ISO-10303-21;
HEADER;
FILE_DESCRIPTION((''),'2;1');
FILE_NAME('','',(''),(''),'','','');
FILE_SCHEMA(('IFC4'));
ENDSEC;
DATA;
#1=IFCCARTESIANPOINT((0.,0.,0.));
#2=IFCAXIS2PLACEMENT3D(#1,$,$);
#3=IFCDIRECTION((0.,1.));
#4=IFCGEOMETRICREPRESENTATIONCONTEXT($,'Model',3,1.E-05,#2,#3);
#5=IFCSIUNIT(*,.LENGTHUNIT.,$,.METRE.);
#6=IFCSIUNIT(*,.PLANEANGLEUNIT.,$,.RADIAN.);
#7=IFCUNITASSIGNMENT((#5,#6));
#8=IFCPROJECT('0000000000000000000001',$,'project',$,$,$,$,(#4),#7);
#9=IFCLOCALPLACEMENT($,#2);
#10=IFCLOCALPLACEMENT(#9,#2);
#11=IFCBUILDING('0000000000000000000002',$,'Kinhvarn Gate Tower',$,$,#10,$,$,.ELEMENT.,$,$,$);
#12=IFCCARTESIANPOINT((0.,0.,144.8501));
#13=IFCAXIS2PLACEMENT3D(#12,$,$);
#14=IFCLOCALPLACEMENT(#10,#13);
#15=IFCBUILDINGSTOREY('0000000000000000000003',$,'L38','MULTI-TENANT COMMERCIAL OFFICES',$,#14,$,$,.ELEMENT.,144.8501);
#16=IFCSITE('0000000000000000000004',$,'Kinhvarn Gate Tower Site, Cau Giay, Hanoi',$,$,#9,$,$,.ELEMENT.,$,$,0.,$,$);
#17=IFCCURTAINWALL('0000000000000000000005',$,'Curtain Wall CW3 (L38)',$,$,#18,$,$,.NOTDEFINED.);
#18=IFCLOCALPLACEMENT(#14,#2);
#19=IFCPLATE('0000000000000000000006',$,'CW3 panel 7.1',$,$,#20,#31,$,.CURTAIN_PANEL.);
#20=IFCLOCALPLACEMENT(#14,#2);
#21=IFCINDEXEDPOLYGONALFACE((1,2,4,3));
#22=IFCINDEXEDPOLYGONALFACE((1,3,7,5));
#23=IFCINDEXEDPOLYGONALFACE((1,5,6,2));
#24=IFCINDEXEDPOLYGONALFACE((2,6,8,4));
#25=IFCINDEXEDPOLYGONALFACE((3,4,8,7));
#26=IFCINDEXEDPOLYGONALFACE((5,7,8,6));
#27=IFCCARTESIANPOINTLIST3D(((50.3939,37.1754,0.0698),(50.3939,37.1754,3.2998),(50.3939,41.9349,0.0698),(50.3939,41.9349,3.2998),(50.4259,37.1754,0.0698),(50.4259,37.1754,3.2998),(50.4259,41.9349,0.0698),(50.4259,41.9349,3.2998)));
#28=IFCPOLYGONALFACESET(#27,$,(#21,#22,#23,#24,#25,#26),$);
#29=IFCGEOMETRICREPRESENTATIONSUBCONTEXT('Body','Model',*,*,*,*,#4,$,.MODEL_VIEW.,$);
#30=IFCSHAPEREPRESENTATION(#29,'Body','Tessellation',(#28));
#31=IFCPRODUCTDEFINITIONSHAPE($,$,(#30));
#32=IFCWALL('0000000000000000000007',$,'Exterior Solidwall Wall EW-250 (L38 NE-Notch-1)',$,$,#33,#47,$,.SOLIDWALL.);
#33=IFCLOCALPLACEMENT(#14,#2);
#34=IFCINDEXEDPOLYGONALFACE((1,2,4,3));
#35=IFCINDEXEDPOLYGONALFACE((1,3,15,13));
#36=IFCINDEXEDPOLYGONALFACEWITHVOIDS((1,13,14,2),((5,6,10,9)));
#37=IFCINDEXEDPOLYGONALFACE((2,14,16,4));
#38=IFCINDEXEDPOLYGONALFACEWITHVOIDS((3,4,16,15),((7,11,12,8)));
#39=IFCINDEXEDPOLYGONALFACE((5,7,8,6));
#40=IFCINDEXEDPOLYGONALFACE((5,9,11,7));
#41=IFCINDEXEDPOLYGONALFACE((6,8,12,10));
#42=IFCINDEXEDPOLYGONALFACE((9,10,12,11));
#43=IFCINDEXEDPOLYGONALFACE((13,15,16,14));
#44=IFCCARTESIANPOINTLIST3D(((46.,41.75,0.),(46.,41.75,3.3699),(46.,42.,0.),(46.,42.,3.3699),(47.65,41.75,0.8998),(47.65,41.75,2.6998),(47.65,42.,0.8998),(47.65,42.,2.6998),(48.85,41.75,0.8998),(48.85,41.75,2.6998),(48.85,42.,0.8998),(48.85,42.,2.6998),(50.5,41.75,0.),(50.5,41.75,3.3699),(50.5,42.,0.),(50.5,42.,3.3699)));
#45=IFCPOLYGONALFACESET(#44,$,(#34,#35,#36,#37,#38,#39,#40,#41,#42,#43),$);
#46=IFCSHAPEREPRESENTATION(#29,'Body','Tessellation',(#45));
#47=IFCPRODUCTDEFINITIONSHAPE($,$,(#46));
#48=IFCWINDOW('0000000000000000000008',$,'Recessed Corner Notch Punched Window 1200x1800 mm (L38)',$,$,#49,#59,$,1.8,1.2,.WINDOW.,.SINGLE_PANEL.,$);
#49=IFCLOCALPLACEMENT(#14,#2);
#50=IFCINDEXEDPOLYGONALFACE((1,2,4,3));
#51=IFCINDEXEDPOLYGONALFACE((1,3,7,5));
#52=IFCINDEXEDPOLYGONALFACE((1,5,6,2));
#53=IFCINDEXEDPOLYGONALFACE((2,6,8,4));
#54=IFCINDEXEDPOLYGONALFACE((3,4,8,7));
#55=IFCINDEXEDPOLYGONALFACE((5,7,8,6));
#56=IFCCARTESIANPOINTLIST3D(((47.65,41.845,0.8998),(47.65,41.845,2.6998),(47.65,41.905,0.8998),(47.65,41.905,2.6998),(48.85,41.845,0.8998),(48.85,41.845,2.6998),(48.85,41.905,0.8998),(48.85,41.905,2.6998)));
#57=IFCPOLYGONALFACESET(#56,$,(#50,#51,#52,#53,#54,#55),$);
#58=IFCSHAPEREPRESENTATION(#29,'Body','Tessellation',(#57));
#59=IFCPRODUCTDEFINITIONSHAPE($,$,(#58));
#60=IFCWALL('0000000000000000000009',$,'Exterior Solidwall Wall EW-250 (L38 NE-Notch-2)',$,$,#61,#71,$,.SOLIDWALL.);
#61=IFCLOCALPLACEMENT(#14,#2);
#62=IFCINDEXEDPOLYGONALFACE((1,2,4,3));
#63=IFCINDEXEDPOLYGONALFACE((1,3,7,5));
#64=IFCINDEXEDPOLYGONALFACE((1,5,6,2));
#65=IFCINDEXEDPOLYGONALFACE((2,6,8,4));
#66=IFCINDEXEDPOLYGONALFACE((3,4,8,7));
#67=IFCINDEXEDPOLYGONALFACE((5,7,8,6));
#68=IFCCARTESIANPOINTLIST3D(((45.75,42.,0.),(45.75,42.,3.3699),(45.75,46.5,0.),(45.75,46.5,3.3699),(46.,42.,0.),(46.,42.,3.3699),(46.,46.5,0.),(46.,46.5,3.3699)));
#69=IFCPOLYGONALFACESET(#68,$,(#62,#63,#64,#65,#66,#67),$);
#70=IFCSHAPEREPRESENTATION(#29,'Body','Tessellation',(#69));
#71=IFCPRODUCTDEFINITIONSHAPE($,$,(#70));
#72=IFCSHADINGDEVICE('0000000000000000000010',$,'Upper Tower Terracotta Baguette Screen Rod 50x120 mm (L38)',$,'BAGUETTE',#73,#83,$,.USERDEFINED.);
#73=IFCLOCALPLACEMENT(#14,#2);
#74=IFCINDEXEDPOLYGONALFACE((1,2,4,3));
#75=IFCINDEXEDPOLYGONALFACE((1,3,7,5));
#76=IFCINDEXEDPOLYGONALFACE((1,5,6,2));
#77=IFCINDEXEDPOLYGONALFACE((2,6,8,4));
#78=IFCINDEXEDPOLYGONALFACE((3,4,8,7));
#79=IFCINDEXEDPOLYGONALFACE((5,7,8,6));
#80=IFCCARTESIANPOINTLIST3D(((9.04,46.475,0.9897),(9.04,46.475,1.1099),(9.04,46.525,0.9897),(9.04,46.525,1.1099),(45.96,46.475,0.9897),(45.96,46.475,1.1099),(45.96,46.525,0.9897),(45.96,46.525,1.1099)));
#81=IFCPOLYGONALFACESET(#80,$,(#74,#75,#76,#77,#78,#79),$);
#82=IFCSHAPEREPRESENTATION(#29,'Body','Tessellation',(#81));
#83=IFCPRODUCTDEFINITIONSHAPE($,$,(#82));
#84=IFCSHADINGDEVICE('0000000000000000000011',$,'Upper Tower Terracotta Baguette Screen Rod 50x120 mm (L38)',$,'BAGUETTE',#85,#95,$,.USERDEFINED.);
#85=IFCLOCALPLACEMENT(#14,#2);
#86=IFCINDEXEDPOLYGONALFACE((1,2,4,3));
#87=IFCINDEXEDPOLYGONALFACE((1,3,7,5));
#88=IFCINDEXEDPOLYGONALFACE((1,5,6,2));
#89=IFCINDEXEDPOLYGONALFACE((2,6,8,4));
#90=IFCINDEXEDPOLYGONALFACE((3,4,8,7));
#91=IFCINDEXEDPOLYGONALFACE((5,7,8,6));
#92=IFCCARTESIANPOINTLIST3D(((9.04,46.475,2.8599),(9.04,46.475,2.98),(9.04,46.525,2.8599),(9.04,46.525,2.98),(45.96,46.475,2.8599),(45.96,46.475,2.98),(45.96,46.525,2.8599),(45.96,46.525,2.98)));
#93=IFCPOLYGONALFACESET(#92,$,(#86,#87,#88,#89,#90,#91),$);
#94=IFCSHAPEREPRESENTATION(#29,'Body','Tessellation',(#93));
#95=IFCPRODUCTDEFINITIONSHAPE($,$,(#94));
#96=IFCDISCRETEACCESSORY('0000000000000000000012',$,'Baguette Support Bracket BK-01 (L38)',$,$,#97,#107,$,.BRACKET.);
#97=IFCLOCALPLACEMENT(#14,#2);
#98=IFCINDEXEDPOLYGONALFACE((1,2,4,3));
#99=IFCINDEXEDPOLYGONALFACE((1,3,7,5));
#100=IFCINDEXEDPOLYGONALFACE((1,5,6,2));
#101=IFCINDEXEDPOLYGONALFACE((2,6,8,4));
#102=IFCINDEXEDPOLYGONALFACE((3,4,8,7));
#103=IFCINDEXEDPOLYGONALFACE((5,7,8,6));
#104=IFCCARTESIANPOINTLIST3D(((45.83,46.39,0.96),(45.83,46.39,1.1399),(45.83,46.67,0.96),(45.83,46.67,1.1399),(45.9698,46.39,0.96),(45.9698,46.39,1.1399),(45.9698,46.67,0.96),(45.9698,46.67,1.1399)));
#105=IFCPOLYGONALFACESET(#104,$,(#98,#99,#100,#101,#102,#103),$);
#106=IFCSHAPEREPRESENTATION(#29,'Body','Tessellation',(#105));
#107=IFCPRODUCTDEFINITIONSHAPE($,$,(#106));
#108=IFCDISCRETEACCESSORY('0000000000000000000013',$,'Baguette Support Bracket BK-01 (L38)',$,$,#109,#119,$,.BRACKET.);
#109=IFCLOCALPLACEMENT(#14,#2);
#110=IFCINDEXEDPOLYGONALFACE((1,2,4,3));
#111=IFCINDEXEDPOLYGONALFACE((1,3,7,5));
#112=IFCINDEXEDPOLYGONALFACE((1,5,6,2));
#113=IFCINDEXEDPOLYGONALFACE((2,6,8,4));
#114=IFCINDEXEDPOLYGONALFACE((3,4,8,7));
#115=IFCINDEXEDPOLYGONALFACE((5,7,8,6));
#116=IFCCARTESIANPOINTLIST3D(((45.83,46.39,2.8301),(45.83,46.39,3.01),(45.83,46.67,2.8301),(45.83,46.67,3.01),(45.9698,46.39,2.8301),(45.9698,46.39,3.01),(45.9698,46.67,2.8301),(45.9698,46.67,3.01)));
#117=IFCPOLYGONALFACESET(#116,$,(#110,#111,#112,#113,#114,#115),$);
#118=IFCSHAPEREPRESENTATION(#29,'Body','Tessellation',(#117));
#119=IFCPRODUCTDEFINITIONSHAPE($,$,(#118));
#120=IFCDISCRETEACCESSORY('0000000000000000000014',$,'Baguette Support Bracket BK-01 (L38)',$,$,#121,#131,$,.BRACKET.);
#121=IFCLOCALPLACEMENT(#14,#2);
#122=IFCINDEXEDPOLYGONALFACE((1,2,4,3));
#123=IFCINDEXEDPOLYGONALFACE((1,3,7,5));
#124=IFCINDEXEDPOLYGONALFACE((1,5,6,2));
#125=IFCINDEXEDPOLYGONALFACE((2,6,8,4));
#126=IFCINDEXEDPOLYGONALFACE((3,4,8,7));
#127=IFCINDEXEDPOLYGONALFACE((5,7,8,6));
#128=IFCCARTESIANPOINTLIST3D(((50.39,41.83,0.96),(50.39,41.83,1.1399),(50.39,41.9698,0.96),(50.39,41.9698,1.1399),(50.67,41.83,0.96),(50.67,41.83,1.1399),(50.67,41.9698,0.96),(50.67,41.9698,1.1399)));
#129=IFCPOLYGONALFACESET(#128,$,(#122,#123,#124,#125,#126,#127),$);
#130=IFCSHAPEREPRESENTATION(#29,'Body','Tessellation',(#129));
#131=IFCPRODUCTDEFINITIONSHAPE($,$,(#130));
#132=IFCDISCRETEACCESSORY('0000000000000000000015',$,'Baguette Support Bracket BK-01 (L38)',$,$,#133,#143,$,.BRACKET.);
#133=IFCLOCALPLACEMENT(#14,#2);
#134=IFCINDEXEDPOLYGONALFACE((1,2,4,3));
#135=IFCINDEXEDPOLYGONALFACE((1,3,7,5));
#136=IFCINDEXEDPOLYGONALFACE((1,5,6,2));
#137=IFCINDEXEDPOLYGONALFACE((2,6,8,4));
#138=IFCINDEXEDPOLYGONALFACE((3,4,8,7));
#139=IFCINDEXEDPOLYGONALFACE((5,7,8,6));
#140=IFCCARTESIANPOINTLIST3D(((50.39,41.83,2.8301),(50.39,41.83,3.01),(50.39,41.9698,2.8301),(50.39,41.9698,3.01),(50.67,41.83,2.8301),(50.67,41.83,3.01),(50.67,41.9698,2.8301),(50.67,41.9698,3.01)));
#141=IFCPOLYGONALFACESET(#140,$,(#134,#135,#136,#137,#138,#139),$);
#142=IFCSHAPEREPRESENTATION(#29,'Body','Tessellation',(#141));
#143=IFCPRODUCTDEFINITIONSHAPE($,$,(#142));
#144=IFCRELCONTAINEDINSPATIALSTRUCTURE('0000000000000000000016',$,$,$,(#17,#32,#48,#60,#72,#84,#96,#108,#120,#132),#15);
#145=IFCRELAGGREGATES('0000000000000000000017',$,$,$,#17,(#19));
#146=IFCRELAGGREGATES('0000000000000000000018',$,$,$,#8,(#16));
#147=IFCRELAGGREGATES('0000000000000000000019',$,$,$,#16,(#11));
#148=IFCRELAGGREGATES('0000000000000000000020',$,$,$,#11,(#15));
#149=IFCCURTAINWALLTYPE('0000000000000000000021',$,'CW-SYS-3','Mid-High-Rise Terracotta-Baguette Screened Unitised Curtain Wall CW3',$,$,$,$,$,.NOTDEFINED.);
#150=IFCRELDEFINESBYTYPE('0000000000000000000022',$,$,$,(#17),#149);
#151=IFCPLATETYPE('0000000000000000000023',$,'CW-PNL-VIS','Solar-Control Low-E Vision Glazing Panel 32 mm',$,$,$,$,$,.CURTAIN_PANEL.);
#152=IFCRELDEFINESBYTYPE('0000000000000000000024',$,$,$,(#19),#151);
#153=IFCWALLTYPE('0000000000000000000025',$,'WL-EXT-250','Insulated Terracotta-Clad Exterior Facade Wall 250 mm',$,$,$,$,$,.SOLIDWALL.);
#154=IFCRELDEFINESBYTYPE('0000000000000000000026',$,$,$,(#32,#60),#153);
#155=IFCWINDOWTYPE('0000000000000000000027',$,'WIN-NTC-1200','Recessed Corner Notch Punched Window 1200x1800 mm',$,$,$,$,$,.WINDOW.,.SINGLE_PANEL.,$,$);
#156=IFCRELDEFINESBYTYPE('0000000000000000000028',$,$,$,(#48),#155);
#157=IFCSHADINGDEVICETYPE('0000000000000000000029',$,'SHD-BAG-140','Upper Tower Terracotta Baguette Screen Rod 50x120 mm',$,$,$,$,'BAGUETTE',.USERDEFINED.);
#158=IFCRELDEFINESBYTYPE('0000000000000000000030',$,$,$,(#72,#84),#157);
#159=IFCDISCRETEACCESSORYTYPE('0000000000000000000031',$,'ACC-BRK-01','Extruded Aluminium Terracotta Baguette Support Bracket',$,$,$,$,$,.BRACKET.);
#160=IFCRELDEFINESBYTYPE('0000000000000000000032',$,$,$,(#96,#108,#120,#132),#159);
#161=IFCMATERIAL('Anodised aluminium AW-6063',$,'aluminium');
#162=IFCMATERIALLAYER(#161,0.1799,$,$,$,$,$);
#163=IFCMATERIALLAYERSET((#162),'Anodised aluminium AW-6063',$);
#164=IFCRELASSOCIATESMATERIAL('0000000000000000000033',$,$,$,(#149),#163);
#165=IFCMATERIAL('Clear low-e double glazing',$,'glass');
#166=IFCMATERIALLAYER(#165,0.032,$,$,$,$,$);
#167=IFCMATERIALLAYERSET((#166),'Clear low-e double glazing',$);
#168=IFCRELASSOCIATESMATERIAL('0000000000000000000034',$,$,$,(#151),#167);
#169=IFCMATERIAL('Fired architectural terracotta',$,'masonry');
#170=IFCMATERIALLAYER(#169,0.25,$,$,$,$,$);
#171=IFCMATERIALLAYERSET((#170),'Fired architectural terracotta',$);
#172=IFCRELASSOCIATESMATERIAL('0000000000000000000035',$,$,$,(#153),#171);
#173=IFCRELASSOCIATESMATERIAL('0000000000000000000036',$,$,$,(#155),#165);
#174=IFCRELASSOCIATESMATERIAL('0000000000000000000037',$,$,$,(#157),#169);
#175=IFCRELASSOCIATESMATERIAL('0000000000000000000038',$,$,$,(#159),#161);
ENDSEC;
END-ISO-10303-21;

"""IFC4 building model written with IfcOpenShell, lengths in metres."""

from ifc_helpers import new_model, si_unit, direction, frame, frame_2d, origin, origin_2d, place, context, subcontext, project, spatial, rectangle, extrude, material, layer, layer_set, material_profile, profile_set, type_object, element, fill, aggregate, save


model = new_model("IFC4")

# Units and contexts
model_context = context("Model", 3, precision=1e-05, world=origin(), true_north=direction((0.0, 1.0)))
body_context = subcontext(model_context, "Body", "Model", "MODEL_VIEW")
ifc_project = project(units=[si_unit("LENGTHUNIT", "METRE"), si_unit("PLANEANGLEUNIT", "RADIAN")], contexts=[model_context])

# Site, building, storey
site_placement = place(None, origin())
site = spatial("IfcSite", under=ifc_project, at=site_placement, Name="Kinhvarn Gate Tower Site, Cau Giay, Hanoi", CompositionType="ELEMENT", RefElevation=0.0)
building_placement = place(site_placement, origin())
building = spatial("IfcBuilding", under=site, at=building_placement, Name="Kinhvarn Gate Tower", CompositionType="ELEMENT")
storey_placement = place(building_placement, frame((0.0, 0.0, 144.8501)))
storey = spatial("IfcBuildingStorey", under=building, at=storey_placement, Name="L38", Description="MULTI-TENANT COMMERCIAL OFFICES", CompositionType="ELEMENT", Elevation=144.8501)

# Curtain wall
ifc_material_1 = material(Name="Anodised aluminium AW-6063", Category="aluminium")
ifc_layer_1 = layer(ifc_material_1, 0.1799)
ifc_layer_set_1 = layer_set([ifc_layer_1], Name="Anodised aluminium AW-6063")
curtain_wall_type = type_object("IfcCurtainWallType", Name="CW-SYS-3", Description="Mid-High-Rise Terracotta-Baguette Screened Unitised Curtain Wall CW3", PredefinedType="NOTDEFINED", material=ifc_layer_set_1)
curtain_wall_1_placement = place(storey_placement, origin())
curtain_wall_1 = element("IfcCurtainWall", 1, at=curtain_wall_1_placement, inside=storey, type_object=curtain_wall_type, Name="Curtain Wall CW3 (L38)", PredefinedType="NOTDEFINED")

# Plate
ifc_material_2 = material(Name="Clear low-e double glazing", Category="glass")
ifc_layer_2 = layer(ifc_material_2, 0.032)
ifc_layer_set_2 = layer_set([ifc_layer_2], Name="Clear low-e double glazing")
plate_type = type_object("IfcPlateType", Name="CW-PNL-VIS", Description="Solar-Control Low-E Vision Glazing Panel 32 mm", PredefinedType="CURTAIN_PANEL", material=ifc_layer_set_2)
plate_1_placement = place(storey_placement, frame((50.4099, 39.5552, 0.0698), z_axis=(0.0, 0.0, 1.0), x_axis=(0.0, 1.0, 0.0)))
plate_1 = element("IfcPlate", 2, at=plate_1_placement, type_object=plate_type, Name="CW3 panel 7.1", PredefinedType="CURTAIN_PANEL", context=body_context, shape_type="SweptSolid", body=[
    extrude(rectangle(XDim=4.7595, YDim=0.032, at=origin_2d()), origin(), (0.0, 0.0, 1.0), 3.23),
])
aggregate(curtain_wall_1, [plate_1])

# Wall, opening, window
ifc_material_3 = material(Name="Fired architectural terracotta", Category="masonry")
ifc_layer_3 = layer(ifc_material_3, 0.25)
ifc_layer_set_3 = layer_set([ifc_layer_3], Name="Fired architectural terracotta")
wall_type = type_object("IfcWallType", Name="WL-EXT-250", Description="Insulated Terracotta-Clad Exterior Facade Wall 250 mm", PredefinedType="SOLIDWALL", material=ifc_layer_set_3)
wall_1_placement = place(storey_placement, frame((50.5, 41.875, 0.0), z_axis=(0.0, 0.0, 1.0), x_axis=(-1.0, 0.0, 0.0)))
wall_1 = element("IfcWall", 3, at=wall_1_placement, inside=storey, type_object=wall_type, Name="Exterior Solidwall Wall EW-250 (L38 NE-Notch-1)", PredefinedType="SOLIDWALL", context=body_context, shape_type="SweptSolid", body=[
    extrude(rectangle(XDim=4.5, YDim=0.25, at=frame_2d((2.25, 0.0))), origin(), (0.0, 0.0, 1.0), 3.3699),
])
opening_placement = place(wall_1_placement, frame((1.6499, 0.0, 0.8999)))
opening = element("IfcOpeningElement", 4, at=opening_placement, cuts=wall_1, PredefinedType="OPENING", context=body_context, shape_type="SweptSolid", body=[
    extrude(rectangle(XDim=1.2, YDim=1.8, at=frame_2d((0.6001, 0.8999))), frame((0.0, 0.135, 0.0), z_axis=(0.0, -1.0, 0.0), x_axis=(1.0, 0.0, 0.0)), (0.0, 0.0, 1.0), 0.27),
])
window_type = type_object("IfcWindowType", Name="WIN-NTC-1200", Description="Recessed Corner Notch Punched Window 1200x1800 mm", PartitioningType="SINGLE_PANEL", PredefinedType="WINDOW", material=ifc_material_2)
window_placement = place(opening_placement, origin())
window = element("IfcWindow", 5, at=window_placement, inside=storey, type_object=window_type, Name="Recessed Corner Notch Punched Window 1200x1800 mm (L38)", OverallHeight=1.8, OverallWidth=1.2, PartitioningType="SINGLE_PANEL", PredefinedType="WINDOW", context=body_context, shape_type="SweptSolid", body=[
    extrude(rectangle(XDim=1.2, YDim=1.8, at=frame_2d((0.6001, 0.8999))), frame((0.0, 0.03, 0.0), z_axis=(0.0, -1.0, 0.0), x_axis=(1.0, 0.0, 0.0)), (0.0, 0.0, 1.0), 0.0601),
])
fill(opening, window)

# Wall
wall_2_placement = place(storey_placement, frame((45.875, 42.0, 0.0), z_axis=(0.0, 0.0, 1.0), x_axis=(0.0, 1.0, 0.0)))
element("IfcWall", 6, at=wall_2_placement, inside=storey, type_object=wall_type, Name="Exterior Solidwall Wall EW-250 (L38 NE-Notch-2)", PredefinedType="SOLIDWALL", context=body_context, shape_type="SweptSolid", body=[
    extrude(rectangle(XDim=4.5, YDim=0.25, at=frame_2d((2.25, 0.0))), origin(), (0.0, 0.0, 1.0), 3.3699),
])

# Shading devices
ifc_material_profile_1 = material_profile(ifc_material_3, rectangle(XDim=0.05, YDim=0.1201, at=origin_2d()), Name="TC 50x120")
ifc_profile_set_1 = profile_set([ifc_material_profile_1], Name="Fired architectural terracotta")
shading_device_type = type_object("IfcShadingDeviceType", Name="SHD-BAG-140", Description="Upper Tower Terracotta Baguette Screen Rod 50x120 mm", ElementType="BAGUETTE", PredefinedType="USERDEFINED", material=ifc_profile_set_1)
for number, where, z_axis, x_axis, name in (
    (7, (45.96, 46.5, 1.0498), (-1.0, 0.0, 0.0), (0.0, -1.0, 0.0), "Upper Tower Terracotta Baguette Screen Rod 50x120 mm (L38)"),
    (8, (45.96, 46.5, 2.9199), (-1.0, 0.0, 0.0), (0.0, -1.0, 0.0), "Upper Tower Terracotta Baguette Screen Rod 50x120 mm (L38)"),
):
    element("IfcShadingDevice", number, at=place(storey_placement, frame(where, z_axis=z_axis, x_axis=x_axis)), inside=storey, type_object=shading_device_type, Name=name, ObjectType="BAGUETTE", PredefinedType="USERDEFINED", context=body_context, shape_type="SweptSolid", body=[
        extrude(rectangle(XDim=0.05, YDim=0.1201, at=origin_2d()), origin(), (0.0, 0.0, 1.0), 36.9199),
    ])

# Discrete accessories
discrete_accessory_type = type_object("IfcDiscreteAccessoryType", Name="ACC-BRK-01", Description="Extruded Aluminium Terracotta Baguette Support Bracket", PredefinedType="BRACKET", material=ifc_material_1)
for number, where, z_axis, x_axis, name in (
    (9, (45.8999, 46.53, 0.96), (0.0, 0.0, 1.0), (-1.0, 0.0, 0.0), "Baguette Support Bracket BK-01 (L38)"),
    (10, (45.8999, 46.53, 2.8301), (0.0, 0.0, 1.0), (-1.0, 0.0, 0.0), "Baguette Support Bracket BK-01 (L38)"),
    (11, (50.53, 41.8999, 0.96), (0.0, 0.0, 1.0), (0.0, 1.0, 0.0), "Baguette Support Bracket BK-01 (L38)"),
    (12, (50.53, 41.8999, 2.8301), (0.0, 0.0, 1.0), (0.0, 1.0, 0.0), "Baguette Support Bracket BK-01 (L38)"),
):
    element("IfcDiscreteAccessory", number, at=place(storey_placement, frame(where, z_axis=z_axis, x_axis=x_axis)), inside=storey, type_object=discrete_accessory_type, Name=name, PredefinedType="BRACKET", context=body_context, shape_type="SweptSolid", body=[
        extrude(rectangle(XDim=0.1399, YDim=0.28, at=origin_2d()), origin(), (0.0, 0.0, 1.0), 0.1799),
    ])

save(model, "model.ifc")
